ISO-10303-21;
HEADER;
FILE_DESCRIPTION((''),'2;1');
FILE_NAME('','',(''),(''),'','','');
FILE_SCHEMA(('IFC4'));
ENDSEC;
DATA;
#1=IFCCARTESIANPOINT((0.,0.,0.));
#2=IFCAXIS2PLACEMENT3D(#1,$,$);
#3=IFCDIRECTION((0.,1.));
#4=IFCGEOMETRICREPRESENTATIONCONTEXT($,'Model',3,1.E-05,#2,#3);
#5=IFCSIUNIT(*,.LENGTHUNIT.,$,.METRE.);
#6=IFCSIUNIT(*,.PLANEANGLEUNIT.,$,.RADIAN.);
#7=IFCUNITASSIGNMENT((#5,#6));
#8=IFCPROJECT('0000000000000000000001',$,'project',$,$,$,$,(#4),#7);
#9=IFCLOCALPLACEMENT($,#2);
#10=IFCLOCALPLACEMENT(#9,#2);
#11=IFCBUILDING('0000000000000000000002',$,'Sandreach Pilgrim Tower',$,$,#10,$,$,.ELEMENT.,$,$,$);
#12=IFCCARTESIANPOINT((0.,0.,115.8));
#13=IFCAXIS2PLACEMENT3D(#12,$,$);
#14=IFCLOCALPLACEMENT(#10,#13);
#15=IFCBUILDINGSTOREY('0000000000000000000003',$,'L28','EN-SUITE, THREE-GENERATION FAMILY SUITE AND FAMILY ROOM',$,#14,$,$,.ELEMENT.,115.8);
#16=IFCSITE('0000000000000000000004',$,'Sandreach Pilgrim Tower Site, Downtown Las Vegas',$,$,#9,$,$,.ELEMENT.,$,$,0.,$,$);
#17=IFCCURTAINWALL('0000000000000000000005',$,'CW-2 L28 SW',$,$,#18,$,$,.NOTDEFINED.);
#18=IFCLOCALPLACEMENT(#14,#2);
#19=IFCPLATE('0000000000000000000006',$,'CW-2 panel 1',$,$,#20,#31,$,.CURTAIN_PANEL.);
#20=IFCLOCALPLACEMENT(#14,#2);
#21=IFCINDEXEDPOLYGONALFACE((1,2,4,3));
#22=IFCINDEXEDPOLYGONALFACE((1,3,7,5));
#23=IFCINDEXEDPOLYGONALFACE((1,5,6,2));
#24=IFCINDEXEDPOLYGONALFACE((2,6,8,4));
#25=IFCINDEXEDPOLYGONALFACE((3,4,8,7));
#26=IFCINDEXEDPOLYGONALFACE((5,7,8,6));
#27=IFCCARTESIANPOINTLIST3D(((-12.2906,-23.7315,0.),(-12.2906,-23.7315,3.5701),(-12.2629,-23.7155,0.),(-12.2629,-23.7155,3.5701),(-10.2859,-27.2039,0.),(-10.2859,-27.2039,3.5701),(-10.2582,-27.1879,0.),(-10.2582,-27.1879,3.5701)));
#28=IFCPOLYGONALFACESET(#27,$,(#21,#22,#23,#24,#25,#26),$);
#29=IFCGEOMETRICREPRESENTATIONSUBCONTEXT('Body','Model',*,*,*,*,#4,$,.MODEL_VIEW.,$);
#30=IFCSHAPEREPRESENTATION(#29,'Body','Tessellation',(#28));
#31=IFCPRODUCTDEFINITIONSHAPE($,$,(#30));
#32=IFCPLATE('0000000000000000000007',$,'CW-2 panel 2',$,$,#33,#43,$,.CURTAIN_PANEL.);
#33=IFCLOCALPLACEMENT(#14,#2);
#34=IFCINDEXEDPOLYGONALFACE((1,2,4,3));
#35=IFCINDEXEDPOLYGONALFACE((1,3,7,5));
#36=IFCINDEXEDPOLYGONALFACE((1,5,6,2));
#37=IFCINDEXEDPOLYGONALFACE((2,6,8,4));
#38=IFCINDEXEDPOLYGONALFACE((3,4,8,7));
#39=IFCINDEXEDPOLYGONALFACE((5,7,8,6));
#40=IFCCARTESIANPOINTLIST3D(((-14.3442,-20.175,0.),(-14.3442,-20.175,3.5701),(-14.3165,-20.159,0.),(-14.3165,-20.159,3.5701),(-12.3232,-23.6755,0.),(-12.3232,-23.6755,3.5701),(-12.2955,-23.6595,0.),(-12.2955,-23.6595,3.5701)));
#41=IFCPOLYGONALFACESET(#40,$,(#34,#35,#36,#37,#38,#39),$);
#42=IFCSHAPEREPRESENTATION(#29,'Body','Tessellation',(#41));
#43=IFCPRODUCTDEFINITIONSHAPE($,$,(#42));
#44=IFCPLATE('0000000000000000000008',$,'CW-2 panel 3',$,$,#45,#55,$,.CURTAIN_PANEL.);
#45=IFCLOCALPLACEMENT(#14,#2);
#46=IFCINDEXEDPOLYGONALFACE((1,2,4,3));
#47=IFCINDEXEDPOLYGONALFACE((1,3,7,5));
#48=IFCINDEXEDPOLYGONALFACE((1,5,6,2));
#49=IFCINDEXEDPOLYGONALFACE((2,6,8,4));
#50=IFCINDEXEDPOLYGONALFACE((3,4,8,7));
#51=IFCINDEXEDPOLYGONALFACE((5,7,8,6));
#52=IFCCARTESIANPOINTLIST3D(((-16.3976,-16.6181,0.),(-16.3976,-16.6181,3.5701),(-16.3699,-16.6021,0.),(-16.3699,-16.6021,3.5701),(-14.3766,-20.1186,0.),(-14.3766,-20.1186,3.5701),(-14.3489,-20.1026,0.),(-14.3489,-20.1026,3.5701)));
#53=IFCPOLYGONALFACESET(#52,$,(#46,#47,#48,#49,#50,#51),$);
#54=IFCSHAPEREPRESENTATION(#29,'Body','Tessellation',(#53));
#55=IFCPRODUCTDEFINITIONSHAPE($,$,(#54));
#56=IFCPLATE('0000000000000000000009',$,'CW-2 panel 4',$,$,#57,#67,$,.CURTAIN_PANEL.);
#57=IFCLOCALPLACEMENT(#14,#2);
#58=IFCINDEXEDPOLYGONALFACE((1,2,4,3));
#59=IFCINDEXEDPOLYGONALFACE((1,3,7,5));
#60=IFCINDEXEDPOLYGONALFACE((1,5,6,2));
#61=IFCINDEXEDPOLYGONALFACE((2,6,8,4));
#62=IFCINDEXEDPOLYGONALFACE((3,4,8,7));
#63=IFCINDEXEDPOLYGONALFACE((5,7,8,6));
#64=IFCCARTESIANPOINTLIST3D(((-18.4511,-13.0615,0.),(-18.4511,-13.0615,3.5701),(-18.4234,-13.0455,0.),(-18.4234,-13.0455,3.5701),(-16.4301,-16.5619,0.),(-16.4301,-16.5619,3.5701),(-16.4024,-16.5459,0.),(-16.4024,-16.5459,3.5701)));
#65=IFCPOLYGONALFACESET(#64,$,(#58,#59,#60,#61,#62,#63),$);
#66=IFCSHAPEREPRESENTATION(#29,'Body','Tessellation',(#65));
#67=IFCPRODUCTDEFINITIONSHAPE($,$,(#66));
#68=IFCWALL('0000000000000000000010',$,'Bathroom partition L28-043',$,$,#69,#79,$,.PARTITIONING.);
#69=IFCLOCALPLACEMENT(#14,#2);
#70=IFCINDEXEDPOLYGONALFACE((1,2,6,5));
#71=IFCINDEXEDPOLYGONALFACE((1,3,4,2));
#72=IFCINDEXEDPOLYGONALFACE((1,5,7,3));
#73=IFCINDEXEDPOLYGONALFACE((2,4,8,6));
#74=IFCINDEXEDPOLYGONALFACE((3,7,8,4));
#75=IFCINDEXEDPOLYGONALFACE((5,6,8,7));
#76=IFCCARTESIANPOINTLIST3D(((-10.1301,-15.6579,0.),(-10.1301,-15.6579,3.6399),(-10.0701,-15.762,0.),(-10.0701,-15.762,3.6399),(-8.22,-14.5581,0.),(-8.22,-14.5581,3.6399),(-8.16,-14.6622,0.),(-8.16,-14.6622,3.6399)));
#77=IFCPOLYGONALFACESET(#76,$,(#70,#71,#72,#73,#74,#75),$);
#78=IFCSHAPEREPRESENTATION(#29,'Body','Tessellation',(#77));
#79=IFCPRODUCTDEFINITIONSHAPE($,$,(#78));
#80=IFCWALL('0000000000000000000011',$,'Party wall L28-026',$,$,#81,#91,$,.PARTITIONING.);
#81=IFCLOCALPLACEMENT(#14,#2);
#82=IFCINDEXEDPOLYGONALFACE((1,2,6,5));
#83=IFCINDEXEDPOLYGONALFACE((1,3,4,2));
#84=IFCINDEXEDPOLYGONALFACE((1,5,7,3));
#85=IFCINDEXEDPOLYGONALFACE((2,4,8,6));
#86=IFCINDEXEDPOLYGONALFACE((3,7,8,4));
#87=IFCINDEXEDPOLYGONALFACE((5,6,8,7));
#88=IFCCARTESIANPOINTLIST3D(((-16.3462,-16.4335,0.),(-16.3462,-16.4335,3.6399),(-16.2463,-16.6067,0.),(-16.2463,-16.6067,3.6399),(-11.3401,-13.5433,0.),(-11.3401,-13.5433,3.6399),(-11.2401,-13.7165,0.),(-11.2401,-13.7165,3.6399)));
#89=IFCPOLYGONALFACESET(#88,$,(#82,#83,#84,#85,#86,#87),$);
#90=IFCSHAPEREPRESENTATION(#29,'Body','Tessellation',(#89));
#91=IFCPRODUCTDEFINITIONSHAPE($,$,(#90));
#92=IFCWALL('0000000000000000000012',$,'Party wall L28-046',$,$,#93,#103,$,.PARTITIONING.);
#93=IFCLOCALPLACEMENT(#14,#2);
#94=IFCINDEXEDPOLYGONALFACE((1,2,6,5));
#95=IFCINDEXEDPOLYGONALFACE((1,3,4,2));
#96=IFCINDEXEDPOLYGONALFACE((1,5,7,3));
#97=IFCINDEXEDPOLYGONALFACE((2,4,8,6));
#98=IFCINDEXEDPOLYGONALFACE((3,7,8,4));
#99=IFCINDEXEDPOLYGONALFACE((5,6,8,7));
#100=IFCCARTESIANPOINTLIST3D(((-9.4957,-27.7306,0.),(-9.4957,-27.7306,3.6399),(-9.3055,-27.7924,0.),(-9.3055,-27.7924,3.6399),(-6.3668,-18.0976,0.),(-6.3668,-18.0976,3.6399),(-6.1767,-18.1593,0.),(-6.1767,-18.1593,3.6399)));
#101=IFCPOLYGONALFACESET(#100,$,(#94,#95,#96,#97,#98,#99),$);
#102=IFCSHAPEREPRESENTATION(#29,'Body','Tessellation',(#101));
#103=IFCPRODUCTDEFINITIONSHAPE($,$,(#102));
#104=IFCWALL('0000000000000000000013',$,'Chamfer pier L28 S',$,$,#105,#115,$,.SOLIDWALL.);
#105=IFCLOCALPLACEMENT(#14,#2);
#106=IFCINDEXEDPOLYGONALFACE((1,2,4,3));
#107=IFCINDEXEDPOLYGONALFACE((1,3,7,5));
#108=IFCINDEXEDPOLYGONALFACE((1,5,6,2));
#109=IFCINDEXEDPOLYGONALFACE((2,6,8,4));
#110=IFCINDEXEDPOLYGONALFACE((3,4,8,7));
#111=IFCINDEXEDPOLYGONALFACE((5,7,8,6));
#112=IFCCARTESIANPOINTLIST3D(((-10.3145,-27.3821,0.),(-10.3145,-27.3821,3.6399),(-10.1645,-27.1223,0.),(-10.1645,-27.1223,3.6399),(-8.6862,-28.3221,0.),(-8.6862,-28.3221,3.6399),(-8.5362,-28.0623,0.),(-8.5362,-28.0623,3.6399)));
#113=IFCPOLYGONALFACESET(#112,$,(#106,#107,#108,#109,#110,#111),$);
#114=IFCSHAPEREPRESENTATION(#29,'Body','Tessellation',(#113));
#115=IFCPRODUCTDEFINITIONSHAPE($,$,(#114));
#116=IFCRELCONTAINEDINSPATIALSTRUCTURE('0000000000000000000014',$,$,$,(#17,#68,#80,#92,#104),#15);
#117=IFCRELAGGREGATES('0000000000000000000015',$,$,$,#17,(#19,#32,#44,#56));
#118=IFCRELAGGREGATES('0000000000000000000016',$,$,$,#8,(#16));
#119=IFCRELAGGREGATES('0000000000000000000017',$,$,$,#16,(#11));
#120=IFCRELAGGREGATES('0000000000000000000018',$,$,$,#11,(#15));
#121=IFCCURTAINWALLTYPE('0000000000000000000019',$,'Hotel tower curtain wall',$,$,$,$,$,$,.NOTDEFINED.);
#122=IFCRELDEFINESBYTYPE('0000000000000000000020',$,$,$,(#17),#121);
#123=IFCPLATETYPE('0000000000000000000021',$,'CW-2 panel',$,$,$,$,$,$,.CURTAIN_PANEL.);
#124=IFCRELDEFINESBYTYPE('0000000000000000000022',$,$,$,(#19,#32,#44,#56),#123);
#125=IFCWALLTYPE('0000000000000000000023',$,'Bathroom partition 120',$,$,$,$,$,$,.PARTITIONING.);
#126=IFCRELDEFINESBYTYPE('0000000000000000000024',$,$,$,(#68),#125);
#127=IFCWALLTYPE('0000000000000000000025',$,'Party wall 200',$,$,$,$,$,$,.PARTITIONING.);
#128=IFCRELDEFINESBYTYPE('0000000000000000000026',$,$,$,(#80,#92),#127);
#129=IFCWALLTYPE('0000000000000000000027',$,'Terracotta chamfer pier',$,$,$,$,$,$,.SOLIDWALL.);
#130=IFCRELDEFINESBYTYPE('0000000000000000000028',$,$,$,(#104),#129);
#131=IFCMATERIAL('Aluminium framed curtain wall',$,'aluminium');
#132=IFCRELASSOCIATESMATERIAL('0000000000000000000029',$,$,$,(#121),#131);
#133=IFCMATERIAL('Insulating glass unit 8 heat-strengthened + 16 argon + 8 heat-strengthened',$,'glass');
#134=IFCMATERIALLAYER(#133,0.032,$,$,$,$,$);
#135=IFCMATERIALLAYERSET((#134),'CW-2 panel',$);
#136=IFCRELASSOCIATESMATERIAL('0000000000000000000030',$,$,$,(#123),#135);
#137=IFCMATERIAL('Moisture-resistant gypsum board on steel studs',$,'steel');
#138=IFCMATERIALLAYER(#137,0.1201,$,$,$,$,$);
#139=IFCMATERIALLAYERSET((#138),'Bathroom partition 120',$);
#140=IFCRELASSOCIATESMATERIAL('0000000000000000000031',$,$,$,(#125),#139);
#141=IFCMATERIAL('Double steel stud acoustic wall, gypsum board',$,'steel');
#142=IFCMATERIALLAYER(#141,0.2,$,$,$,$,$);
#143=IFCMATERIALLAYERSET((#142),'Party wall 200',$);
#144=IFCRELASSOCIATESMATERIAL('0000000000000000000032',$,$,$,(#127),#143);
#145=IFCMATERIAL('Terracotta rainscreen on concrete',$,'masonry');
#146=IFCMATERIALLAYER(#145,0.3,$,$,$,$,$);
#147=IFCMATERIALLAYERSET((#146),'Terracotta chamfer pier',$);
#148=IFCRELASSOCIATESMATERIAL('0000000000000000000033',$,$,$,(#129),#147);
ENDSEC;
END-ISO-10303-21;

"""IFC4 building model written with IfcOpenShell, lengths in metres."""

from ifc_helpers import new_model, si_unit, direction, frame, frame_2d, origin, origin_2d, place, context, subcontext, project, spatial, rectangle, extrude, material, layer, layer_set, type_object, element, aggregate, save


model = new_model("IFC4")

# Units and contexts
model_context = context("Model", 3, precision=1e-05, world=origin(), true_north=direction((0.0, 1.0)))
body_context = subcontext(model_context, "Body", "Model", "MODEL_VIEW")
ifc_project = project(units=[si_unit("LENGTHUNIT", "METRE"), si_unit("PLANEANGLEUNIT", "RADIAN")], contexts=[model_context])

# Site, building, storey
site_placement = place(None, origin())
site = spatial("IfcSite", under=ifc_project, at=site_placement, Name="Sandreach Pilgrim Tower Site, Downtown Las Vegas", CompositionType="ELEMENT", RefElevation=0.0)
building_placement = place(site_placement, origin())
building = spatial("IfcBuilding", under=site, at=building_placement, Name="Sandreach Pilgrim Tower", CompositionType="ELEMENT")
storey_placement = place(building_placement, frame((0.0, 0.0, 115.8)))
storey = spatial("IfcBuildingStorey", under=building, at=storey_placement, Name="L28", Description="EN-SUITE, THREE-GENERATION FAMILY SUITE AND FAMILY ROOM", CompositionType="ELEMENT", Elevation=115.8)

# Shared definitions
ifc_material_1 = material(Name="Aluminium framed curtain wall", Category="aluminium")
curtain_wall_type = type_object("IfcCurtainWallType", Name="Hotel tower curtain wall", PredefinedType="NOTDEFINED", material=ifc_material_1)

# Curtain wall
curtain_wall_1_placement = place(storey_placement, origin())
curtain_wall_1 = element("IfcCurtainWall", 1, at=curtain_wall_1_placement, inside=storey, type_object=curtain_wall_type, Name="CW-2 L28 SW", PredefinedType="NOTDEFINED")

# Plates
ifc_material_2 = material(Name="Insulating glass unit 8 heat-strengthened + 16 argon + 8 heat-strengthened", Category="glass")
ifc_layer_1 = layer(ifc_material_2, 0.032)
ifc_layer_set_1 = layer_set([ifc_layer_1], Name="CW-2 panel")
plate_type = type_object("IfcPlateType", Name="CW-2 panel", PredefinedType="CURTAIN_PANEL", material=ifc_layer_set_1)
plate_1_placement = place(storey_placement, frame((-11.2744, -25.4597, 0.0), z_axis=(0.0, 0.0, 1.0), x_axis=(-0.5, 0.866025, 0.0)))
plate_1 = element("IfcPlate", 2, at=plate_1_placement, type_object=plate_type, Name="CW-2 panel 1", PredefinedType="CURTAIN_PANEL", context=body_context, shape_type="SweptSolid", body=[
    extrude(rectangle(XDim=4.0095, YDim=0.032, at=origin_2d()), origin(), (0.0, 0.0, 1.0), 3.5701),
])
plate_2_placement = place(storey_placement, frame((-13.3198, -21.9172, 0.0), z_axis=(0.0, 0.0, 1.0), x_axis=(-0.5, 0.866025, 0.0)))
plate_2 = element("IfcPlate", 3, at=plate_2_placement, type_object=plate_type, Name="CW-2 panel 2", PredefinedType="CURTAIN_PANEL", context=body_context, shape_type="SweptSolid", body=[
    extrude(rectangle(XDim=4.042, YDim=0.032, at=origin_2d()), origin(), (0.0, 0.0, 1.0), 3.5701),
])
plate_3_placement = place(storey_placement, frame((-15.3733, -18.3604, 0.0), z_axis=(0.0, 0.0, 1.0), x_axis=(-0.5, 0.866025, 0.0)))
plate_3 = element("IfcPlate", 4, at=plate_3_placement, type_object=plate_type, Name="CW-2 panel 3", PredefinedType="CURTAIN_PANEL", context=body_context, shape_type="SweptSolid", body=[
    extrude(rectangle(XDim=4.042, YDim=0.032, at=origin_2d()), origin(), (0.0, 0.0, 1.0), 3.5701),
])
plate_4_placement = place(storey_placement, frame((-17.4268, -14.8037, 0.0), z_axis=(0.0, 0.0, 1.0), x_axis=(-0.5, 0.866025, 0.0)))
plate_4 = element("IfcPlate", 5, at=plate_4_placement, type_object=plate_type, Name="CW-2 panel 4", PredefinedType="CURTAIN_PANEL", context=body_context, shape_type="SweptSolid", body=[
    extrude(rectangle(XDim=4.042, YDim=0.032, at=origin_2d()), origin(), (0.0, 0.0, 1.0), 3.5701),
])
aggregate(curtain_wall_1, [plate_1, plate_2, plate_3, plate_4])

# Walls
ifc_material_3 = material(Name="Moisture-resistant gypsum board on steel studs", Category="steel")
ifc_layer_2 = layer(ifc_material_3, 0.1201)
ifc_layer_set_2 = layer_set([ifc_layer_2], Name="Bathroom partition 120")
wall_type_1 = type_object("IfcWallType", Name="Bathroom partition 120", PredefinedType="PARTITIONING", material=ifc_layer_set_2)
wall_1_placement = place(storey_placement, frame((-10.1001, -15.71, 0.0), z_axis=(0.0, 0.0, 1.0), x_axis=(0.866609, 0.498987, 0.0)))
element("IfcWall", 6, at=wall_1_placement, inside=storey, type_object=wall_type_1, Name="Bathroom partition L28-043", PredefinedType="PARTITIONING", context=body_context, shape_type="SweptSolid", body=[
    extrude(rectangle(XDim=2.2041, YDim=0.1201, at=frame_2d((1.1021, 0.0))), origin(), (0.0, 0.0, 1.0), 3.6399),
])
ifc_material_4 = material(Name="Double steel stud acoustic wall, gypsum board", Category="steel")
ifc_layer_3 = layer(ifc_material_4, 0.2)
ifc_layer_set_3 = layer_set([ifc_layer_3], Name="Party wall 200")
wall_type_2 = type_object("IfcWallType", Name="Party wall 200", PredefinedType="PARTITIONING", material=ifc_layer_set_3)
wall_2_placement = place(storey_placement, frame((-16.2961, -16.52, 0.0), z_axis=(0.0, 0.0, 1.0), x_axis=(0.866036, 0.499982, 0.0)))
element("IfcWall", 7, at=wall_2_placement, inside=storey, type_object=wall_type_2, Name="Party wall L28-026", PredefinedType="PARTITIONING", context=body_context, shape_type="SweptSolid", body=[
    extrude(rectangle(XDim=5.7805, YDim=0.2, at=frame_2d((2.8901, 0.0))), origin(), (0.0, 0.0, 1.0), 3.6399),
])
wall_3_placement = place(storey_placement, frame((-9.4006, -27.7615, 0.0), z_axis=(0.0, 0.0, 1.0), x_axis=(0.308922, 0.951087, 0.0)))
element("IfcWall", 8, at=wall_3_placement, inside=storey, type_object=wall_type_2, Name="Party wall L28-046", PredefinedType="PARTITIONING", context=body_context, shape_type="SweptSolid", body=[
    extrude(rectangle(XDim=10.1284, YDim=0.2, at=frame_2d((5.0642, 0.0))), origin(), (0.0, 0.0, 1.0), 3.6399),
])
ifc_material_5 = material(Name="Terracotta rainscreen on concrete", Category="masonry")
ifc_layer_4 = layer(ifc_material_5, 0.3)
ifc_layer_set_4 = layer_set([ifc_layer_4], Name="Terracotta chamfer pier")
wall_type_3 = type_object("IfcWallType", Name="Terracotta chamfer pier", PredefinedType="SOLIDWALL", material=ifc_layer_set_4)
wall_4_placement = place(storey_placement, frame((-8.6113, -28.1921, 0.0), z_axis=(0.0, 0.0, 1.0), x_axis=(-0.866045, 0.499966, 0.0)))
element("IfcWall", 9, at=wall_4_placement, inside=storey, type_object=wall_type_3, Name="Chamfer pier L28 S", PredefinedType="SOLIDWALL", context=body_context, shape_type="SweptSolid", body=[
    extrude(rectangle(XDim=1.8801, YDim=0.3, at=frame_2d((0.9399, 0.0))), origin(), (0.0, 0.0, 1.0), 3.6399),
])

save(model, "model.ifc")
